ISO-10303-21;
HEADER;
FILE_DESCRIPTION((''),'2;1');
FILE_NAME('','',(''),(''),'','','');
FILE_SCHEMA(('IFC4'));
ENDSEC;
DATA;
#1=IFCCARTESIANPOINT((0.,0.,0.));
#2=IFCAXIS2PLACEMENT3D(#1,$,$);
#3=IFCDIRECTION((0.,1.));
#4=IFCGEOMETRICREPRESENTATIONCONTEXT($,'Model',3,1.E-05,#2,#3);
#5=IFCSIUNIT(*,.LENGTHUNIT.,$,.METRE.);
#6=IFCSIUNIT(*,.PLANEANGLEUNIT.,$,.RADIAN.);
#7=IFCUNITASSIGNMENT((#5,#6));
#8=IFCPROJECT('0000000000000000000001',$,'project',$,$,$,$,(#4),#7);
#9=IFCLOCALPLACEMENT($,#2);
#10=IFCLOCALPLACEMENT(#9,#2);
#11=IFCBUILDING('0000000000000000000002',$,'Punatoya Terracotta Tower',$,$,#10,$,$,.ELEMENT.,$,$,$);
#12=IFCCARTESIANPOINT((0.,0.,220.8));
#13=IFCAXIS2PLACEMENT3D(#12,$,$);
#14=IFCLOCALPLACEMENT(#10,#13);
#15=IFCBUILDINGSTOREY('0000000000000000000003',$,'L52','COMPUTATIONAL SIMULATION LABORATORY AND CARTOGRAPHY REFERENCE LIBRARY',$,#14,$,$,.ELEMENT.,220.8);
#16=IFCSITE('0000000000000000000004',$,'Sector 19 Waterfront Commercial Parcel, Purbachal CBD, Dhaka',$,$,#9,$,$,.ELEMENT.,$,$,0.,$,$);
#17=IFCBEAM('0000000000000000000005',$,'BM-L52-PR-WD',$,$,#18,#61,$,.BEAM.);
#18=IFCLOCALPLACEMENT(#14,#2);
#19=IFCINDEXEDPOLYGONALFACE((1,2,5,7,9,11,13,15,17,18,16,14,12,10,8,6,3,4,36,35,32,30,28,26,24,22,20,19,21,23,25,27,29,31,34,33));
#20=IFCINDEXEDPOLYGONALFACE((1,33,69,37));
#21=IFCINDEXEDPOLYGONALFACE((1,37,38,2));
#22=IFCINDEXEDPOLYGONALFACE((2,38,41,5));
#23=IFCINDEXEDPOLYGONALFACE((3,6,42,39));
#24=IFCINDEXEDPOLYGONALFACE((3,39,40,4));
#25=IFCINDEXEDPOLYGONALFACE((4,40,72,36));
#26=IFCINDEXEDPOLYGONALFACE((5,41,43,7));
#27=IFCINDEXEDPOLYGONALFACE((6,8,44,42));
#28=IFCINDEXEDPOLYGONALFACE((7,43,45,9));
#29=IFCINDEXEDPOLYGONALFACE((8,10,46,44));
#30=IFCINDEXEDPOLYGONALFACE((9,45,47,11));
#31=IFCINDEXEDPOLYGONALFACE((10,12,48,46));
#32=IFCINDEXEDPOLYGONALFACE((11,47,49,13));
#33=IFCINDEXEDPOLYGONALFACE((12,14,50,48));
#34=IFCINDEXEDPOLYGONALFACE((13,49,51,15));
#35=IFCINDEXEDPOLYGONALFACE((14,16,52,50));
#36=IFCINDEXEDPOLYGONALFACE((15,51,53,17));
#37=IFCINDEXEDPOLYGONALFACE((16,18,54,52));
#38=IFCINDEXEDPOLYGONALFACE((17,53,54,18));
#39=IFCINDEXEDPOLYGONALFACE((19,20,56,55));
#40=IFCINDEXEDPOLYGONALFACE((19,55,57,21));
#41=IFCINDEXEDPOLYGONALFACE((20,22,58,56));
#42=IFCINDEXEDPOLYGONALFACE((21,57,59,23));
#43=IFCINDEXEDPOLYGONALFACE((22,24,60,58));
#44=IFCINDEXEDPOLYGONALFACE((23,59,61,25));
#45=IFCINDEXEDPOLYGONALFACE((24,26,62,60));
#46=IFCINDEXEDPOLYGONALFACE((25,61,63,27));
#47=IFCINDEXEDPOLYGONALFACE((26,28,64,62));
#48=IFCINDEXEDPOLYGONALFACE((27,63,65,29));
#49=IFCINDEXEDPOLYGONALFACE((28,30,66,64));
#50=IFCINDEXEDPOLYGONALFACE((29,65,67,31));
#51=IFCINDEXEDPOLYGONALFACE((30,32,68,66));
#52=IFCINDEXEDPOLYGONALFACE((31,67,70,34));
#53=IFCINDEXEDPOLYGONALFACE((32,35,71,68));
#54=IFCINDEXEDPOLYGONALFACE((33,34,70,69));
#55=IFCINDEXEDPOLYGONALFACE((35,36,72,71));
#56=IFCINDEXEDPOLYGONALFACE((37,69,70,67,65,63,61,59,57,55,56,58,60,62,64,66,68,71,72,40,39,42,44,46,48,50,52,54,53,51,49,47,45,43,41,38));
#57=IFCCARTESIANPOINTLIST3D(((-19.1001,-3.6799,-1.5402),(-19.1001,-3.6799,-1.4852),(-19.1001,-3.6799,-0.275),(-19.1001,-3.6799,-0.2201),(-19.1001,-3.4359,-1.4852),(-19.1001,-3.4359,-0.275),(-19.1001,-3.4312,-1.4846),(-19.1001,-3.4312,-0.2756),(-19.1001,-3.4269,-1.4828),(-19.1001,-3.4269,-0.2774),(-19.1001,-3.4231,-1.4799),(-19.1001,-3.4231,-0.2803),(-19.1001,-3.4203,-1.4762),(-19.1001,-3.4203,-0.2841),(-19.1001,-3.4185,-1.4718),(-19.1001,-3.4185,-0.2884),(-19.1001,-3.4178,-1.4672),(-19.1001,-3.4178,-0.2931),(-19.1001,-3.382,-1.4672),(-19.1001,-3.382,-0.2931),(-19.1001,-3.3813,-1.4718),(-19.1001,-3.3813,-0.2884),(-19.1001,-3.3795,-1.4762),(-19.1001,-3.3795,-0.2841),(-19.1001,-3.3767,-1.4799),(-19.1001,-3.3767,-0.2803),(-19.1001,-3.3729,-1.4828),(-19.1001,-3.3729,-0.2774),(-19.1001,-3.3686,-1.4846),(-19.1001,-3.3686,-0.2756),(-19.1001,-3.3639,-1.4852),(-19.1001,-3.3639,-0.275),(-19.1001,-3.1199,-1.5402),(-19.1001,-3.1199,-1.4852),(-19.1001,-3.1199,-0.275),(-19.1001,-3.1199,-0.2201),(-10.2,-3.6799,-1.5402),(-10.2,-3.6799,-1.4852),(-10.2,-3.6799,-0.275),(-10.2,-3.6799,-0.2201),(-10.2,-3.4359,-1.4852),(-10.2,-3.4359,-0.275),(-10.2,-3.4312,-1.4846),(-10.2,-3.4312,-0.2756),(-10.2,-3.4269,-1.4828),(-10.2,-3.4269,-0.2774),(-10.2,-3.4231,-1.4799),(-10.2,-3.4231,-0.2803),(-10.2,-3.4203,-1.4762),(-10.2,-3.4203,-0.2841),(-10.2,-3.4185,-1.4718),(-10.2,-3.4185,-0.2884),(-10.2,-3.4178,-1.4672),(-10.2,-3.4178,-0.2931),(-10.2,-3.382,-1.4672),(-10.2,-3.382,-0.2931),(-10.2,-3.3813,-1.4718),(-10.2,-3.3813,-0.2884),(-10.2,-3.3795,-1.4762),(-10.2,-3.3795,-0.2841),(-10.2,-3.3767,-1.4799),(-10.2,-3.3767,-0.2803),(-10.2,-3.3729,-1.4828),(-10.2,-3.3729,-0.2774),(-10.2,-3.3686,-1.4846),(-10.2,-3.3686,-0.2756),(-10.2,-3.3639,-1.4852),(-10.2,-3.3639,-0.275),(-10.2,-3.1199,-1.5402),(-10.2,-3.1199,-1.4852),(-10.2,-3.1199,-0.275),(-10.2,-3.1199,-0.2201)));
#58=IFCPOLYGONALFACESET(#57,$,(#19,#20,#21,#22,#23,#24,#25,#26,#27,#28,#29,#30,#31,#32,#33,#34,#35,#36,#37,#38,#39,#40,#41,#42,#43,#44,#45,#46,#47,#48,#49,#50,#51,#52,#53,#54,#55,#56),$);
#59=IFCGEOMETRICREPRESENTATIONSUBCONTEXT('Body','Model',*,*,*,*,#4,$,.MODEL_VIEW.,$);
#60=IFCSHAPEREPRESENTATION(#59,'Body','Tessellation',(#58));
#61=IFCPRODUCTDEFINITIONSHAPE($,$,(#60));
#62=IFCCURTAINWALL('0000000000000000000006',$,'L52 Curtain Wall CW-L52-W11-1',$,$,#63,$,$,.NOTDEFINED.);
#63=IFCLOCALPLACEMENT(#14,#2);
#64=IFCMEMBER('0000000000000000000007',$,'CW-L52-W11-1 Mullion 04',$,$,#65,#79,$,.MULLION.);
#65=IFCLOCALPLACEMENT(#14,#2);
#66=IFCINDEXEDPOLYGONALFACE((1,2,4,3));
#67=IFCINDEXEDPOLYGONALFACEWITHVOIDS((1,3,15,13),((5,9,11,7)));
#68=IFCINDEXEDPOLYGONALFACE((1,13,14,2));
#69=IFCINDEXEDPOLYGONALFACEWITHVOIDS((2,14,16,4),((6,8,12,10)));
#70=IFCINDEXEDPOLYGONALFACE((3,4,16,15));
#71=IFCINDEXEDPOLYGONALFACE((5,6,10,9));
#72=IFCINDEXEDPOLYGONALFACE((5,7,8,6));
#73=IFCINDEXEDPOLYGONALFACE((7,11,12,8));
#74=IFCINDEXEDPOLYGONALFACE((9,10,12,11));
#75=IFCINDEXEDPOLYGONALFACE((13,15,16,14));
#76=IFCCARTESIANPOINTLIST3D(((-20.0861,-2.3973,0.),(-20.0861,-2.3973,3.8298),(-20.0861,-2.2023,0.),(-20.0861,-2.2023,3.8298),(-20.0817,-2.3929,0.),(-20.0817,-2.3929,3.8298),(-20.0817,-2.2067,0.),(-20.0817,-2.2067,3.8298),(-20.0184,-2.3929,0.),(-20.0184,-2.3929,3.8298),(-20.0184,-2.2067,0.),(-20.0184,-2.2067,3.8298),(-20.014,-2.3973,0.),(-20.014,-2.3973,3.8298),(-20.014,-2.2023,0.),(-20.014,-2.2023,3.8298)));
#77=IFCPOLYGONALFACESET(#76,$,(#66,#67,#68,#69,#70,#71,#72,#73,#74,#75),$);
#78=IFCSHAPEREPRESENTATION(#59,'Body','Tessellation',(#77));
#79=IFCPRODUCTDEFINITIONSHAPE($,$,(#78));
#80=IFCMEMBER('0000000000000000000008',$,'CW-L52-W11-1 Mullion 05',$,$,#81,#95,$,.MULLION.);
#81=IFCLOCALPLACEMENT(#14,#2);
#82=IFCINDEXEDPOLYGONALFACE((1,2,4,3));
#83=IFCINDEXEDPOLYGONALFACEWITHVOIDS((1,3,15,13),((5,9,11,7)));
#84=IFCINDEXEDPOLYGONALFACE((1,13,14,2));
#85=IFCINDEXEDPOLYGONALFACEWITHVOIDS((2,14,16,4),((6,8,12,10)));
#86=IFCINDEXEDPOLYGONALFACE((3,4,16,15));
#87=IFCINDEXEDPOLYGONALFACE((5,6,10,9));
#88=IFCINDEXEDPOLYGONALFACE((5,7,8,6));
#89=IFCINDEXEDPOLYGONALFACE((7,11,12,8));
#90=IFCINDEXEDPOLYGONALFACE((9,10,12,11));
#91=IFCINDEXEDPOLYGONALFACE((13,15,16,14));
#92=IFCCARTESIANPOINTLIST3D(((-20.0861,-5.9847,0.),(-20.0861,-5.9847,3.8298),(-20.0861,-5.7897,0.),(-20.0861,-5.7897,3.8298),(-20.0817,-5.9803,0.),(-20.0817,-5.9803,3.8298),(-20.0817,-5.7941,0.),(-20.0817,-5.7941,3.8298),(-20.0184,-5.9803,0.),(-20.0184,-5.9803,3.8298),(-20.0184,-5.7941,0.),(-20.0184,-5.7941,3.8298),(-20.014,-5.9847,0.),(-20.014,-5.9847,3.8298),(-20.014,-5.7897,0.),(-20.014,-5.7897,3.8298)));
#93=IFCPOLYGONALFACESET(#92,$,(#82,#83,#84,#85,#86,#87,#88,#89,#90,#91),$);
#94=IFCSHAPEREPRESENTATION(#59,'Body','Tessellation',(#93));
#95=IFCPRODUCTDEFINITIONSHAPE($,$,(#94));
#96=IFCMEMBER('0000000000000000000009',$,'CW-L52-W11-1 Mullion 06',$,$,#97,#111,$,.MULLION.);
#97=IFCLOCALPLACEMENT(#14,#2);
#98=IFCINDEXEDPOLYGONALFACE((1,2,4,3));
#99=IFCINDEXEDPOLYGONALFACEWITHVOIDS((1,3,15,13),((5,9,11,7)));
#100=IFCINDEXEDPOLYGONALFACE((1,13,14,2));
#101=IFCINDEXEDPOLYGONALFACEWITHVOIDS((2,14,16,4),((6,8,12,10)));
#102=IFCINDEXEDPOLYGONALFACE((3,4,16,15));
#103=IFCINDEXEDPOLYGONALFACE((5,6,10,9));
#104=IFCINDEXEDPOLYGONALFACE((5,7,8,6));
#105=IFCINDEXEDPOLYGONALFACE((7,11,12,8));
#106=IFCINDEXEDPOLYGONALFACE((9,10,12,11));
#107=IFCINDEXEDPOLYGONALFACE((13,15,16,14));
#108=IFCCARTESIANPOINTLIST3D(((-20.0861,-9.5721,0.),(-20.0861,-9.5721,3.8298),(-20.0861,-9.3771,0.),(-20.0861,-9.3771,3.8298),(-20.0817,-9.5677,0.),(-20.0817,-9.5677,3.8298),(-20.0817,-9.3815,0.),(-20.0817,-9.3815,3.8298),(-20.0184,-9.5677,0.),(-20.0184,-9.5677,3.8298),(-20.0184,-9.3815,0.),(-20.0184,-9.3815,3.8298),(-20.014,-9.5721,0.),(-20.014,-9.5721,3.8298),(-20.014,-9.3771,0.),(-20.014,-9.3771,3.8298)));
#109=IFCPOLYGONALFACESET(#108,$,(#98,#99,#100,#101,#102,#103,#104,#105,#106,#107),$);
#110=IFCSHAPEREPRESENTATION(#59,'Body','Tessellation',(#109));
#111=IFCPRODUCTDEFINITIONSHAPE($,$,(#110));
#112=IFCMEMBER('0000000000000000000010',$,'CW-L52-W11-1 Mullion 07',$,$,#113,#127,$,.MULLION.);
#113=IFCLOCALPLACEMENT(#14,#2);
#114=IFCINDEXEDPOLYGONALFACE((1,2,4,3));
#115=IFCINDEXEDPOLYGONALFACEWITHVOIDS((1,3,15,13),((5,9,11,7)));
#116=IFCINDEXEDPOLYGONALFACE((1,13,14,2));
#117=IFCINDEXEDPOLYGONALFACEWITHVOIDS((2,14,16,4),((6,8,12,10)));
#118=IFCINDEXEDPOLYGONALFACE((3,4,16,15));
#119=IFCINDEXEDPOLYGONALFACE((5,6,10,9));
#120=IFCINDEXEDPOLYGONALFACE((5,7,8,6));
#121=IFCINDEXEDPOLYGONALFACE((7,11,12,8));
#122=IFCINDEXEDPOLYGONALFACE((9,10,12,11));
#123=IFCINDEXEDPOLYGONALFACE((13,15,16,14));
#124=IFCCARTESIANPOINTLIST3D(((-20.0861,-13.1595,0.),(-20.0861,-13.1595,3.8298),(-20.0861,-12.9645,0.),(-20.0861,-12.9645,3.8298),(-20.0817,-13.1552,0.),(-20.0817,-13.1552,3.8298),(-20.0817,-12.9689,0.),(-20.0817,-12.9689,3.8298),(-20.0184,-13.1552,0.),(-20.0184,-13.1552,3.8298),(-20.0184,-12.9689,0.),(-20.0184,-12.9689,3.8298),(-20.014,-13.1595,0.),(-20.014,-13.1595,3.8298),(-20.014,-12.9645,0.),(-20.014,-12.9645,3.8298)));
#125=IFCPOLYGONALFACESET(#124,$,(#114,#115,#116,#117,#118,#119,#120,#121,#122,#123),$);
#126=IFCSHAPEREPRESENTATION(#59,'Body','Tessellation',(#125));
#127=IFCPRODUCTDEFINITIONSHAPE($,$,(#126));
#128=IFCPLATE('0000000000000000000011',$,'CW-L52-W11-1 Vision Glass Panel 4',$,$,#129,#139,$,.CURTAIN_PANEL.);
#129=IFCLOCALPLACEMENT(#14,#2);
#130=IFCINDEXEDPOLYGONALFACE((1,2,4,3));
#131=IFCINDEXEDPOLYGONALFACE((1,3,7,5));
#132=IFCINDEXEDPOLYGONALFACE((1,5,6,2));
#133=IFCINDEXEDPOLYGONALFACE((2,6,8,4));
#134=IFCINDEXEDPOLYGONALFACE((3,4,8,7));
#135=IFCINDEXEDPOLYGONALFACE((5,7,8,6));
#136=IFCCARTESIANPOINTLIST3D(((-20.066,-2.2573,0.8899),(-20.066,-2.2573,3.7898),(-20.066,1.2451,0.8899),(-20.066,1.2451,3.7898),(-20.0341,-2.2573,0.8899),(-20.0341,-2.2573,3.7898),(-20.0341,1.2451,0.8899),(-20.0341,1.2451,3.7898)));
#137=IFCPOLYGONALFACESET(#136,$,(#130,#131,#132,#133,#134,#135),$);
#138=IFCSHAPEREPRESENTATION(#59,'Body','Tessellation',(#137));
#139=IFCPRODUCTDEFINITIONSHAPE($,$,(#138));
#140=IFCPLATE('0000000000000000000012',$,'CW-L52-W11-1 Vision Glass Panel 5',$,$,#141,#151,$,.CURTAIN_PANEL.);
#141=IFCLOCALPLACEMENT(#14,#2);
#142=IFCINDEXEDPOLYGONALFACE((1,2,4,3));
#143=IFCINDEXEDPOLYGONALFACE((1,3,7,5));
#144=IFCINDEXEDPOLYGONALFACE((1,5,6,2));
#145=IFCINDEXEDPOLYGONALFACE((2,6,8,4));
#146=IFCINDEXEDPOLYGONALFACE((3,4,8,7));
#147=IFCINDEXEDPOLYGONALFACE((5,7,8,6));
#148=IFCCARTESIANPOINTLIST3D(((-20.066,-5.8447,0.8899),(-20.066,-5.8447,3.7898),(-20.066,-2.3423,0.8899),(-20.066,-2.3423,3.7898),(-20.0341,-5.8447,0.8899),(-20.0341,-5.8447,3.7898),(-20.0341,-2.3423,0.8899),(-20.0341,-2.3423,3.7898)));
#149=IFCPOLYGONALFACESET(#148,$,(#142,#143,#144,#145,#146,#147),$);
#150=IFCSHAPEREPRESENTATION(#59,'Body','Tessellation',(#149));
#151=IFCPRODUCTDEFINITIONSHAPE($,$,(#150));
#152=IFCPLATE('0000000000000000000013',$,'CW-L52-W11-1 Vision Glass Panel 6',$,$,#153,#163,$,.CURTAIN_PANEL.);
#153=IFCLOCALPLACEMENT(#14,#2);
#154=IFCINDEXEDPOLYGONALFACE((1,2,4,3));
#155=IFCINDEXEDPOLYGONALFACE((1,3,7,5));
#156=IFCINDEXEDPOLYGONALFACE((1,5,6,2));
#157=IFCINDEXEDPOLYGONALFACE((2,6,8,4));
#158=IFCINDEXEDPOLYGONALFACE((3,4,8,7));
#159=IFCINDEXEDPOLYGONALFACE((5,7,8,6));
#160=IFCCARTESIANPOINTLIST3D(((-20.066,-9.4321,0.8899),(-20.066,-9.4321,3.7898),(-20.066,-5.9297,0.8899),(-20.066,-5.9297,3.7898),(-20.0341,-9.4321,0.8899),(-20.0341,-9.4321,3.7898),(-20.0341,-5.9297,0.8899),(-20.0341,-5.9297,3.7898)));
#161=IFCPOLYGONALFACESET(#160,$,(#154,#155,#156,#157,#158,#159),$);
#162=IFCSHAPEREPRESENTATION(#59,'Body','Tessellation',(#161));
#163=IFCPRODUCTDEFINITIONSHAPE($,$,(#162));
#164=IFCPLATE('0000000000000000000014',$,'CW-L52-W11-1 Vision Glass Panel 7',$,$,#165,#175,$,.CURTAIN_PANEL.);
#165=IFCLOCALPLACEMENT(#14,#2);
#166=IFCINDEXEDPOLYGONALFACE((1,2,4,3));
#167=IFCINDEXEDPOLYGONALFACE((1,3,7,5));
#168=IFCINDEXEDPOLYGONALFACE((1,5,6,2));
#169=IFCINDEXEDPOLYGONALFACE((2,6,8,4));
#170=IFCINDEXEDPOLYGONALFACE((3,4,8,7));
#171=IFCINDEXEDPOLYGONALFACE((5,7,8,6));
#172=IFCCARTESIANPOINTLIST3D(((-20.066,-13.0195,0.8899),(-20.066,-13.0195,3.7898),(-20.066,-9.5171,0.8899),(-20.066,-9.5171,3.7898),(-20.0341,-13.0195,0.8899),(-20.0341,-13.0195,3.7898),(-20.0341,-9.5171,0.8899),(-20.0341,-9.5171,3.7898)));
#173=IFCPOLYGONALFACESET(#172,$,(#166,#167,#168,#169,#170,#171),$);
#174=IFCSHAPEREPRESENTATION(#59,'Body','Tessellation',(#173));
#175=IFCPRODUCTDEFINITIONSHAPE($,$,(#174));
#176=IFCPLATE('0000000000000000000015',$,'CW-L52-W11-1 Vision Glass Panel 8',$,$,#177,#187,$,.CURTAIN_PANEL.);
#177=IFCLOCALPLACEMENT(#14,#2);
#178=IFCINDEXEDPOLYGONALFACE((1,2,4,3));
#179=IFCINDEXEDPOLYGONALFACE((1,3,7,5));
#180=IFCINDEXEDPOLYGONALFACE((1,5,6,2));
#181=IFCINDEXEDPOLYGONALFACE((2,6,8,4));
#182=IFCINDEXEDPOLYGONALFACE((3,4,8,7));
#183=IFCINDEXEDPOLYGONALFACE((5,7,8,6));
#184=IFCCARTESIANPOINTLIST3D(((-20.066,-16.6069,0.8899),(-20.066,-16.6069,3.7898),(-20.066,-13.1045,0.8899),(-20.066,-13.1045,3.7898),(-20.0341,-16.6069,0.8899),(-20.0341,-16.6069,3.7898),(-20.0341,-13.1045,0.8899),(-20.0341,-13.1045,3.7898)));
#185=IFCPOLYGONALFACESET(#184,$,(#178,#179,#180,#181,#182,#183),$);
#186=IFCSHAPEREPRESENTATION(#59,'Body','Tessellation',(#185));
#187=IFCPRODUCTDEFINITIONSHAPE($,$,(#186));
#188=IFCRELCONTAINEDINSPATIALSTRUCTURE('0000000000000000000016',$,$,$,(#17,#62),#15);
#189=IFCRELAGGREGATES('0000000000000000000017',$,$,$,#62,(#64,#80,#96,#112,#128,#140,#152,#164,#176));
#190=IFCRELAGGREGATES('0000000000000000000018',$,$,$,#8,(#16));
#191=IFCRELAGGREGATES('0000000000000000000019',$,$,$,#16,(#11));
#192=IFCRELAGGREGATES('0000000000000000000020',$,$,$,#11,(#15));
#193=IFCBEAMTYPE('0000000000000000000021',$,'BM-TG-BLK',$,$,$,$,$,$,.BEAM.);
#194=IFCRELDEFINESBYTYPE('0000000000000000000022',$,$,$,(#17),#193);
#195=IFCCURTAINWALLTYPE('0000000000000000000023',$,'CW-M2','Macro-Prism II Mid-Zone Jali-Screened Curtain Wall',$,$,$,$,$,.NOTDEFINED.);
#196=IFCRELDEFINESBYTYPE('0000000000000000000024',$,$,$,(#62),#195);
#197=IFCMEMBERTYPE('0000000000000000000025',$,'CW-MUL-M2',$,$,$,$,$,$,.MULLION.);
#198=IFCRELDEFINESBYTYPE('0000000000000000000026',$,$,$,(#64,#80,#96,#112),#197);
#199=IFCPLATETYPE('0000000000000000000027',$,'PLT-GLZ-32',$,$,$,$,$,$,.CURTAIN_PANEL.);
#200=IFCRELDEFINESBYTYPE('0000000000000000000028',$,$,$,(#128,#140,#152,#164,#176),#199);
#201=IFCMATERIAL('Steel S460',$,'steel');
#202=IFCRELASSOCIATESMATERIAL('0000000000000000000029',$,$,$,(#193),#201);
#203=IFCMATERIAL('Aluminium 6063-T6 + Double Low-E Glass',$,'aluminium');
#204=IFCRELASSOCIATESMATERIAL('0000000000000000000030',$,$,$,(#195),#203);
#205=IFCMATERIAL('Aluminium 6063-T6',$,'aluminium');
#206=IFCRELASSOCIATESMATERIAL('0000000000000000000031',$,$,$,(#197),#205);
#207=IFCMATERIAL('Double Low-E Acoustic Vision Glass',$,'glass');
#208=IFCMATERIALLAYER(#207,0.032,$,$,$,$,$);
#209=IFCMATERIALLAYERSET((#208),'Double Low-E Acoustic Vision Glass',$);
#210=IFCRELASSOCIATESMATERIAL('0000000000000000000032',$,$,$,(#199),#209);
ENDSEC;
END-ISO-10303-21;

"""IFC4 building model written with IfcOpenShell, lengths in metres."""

from ifc_helpers import new_model, si_unit, direction, frame, origin, origin_2d, place, context, subcontext, project, spatial, rectangle, hollow_rectangle, i_section, extrude, material, layer, layer_set, material_profile, profile_set, type_object, element, aggregate, save


model = new_model("IFC4")

# Units and contexts
model_context = context("Model", 3, precision=1e-05, world=origin(), true_north=direction((0.0, 1.0)))
body_context = subcontext(model_context, "Body", "Model", "MODEL_VIEW")
ifc_project = project(units=[si_unit("LENGTHUNIT", "METRE"), si_unit("PLANEANGLEUNIT", "RADIAN")], contexts=[model_context])

# Site, building, storey
site_placement = place(None, origin())
site = spatial("IfcSite", under=ifc_project, at=site_placement, Name="Sector 19 Waterfront Commercial Parcel, Purbachal CBD, Dhaka", CompositionType="ELEMENT", RefElevation=0.0)
building_placement = place(site_placement, origin())
building = spatial("IfcBuilding", under=site, at=building_placement, Name="Punatoya Terracotta Tower", CompositionType="ELEMENT")
storey_placement = place(building_placement, frame((0.0, 0.0, 220.8)))
storey = spatial("IfcBuildingStorey", under=building, at=storey_placement, Name="L52", Description="COMPUTATIONAL SIMULATION LABORATORY AND CARTOGRAPHY REFERENCE LIBRARY", CompositionType="ELEMENT", Elevation=220.8)

# Shared definitions
ifc_material_1 = material(Name="Steel S460", Category="steel")

# Beam
ifc_material_profile_1 = material_profile(ifc_material_1, i_section(OverallWidth=0.5601, OverallDepth=1.3201, WebThickness=0.0359, FlangeThickness=0.0549, FilletRadius=0.0181, at=origin_2d()))
ifc_profile_set_1 = profile_set([ifc_material_profile_1], Name="Steel S460")
beam_type_1 = type_object("IfcBeamType", Name="BM-TG-BLK", PredefinedType="BEAM", material=ifc_profile_set_1)
for number, where, z_axis, x_axis, name in (
    (1, (-19.1001, -3.3999, -0.8801), (1.0, 0.0, 0.0), (0.0, 1.0, 0.0), "BM-L52-PR-WD"),
):
    element("IfcBeam", number, at=place(storey_placement, frame(where, z_axis=z_axis, x_axis=x_axis)), inside=storey, type_object=beam_type_1, Name=name, PredefinedType="BEAM", context=body_context, shape_type="SweptSolid", body=[
        extrude(i_section(OverallWidth=0.5601, OverallDepth=1.3201, WebThickness=0.0359, FlangeThickness=0.0549, FilletRadius=0.0181, at=origin_2d()), origin(), (0.0, 0.0, 1.0), 8.9001),
    ])

# Curtain wall, members, plates
ifc_material_2 = material(Name="Aluminium 6063-T6 + Double Low-E Glass", Category="aluminium")
curtain_wall_type = type_object("IfcCurtainWallType", Name="CW-M2", Description="Macro-Prism II Mid-Zone Jali-Screened Curtain Wall", PredefinedType="NOTDEFINED", material=ifc_material_2)
curtain_wall_placement = place(storey_placement, origin())
curtain_wall = element("IfcCurtainWall", 2, at=curtain_wall_placement, inside=storey, type_object=curtain_wall_type, Name="L52 Curtain Wall CW-L52-W11-1", PredefinedType="NOTDEFINED")
ifc_material_3 = material(Name="Aluminium 6063-T6", Category="aluminium")
ifc_material_profile_2 = material_profile(ifc_material_3, hollow_rectangle(XDim=0.072, YDim=0.1951, WallThickness=0.0044, at=origin_2d()))
ifc_profile_set_2 = profile_set([ifc_material_profile_2], Name="Aluminium 6063-T6")
member_type = type_object("IfcMemberType", Name="CW-MUL-M2", PredefinedType="MULLION", material=ifc_profile_set_2)
member_1_placement = place(storey_placement, frame((-20.05, -2.2998, 0.0), z_axis=(0.0, 0.0, 1.0), x_axis=(1.0, 0.0, 0.0)))
member_1 = element("IfcMember", 3, at=member_1_placement, type_object=member_type, Name="CW-L52-W11-1 Mullion 04", PredefinedType="MULLION", context=body_context, shape_type="SweptSolid", body=[
    extrude(hollow_rectangle(XDim=0.072, YDim=0.1951, WallThickness=0.0044, at=origin_2d()), origin(), (0.0, 0.0, 1.0), 3.8298),
])
member_2_placement = place(storey_placement, frame((-20.05, -5.8872, 0.0), z_axis=(0.0, 0.0, 1.0), x_axis=(1.0, 0.0, 0.0)))
member_2 = element("IfcMember", 4, at=member_2_placement, type_object=member_type, Name="CW-L52-W11-1 Mullion 05", PredefinedType="MULLION", context=body_context, shape_type="SweptSolid", body=[
    extrude(hollow_rectangle(XDim=0.072, YDim=0.1951, WallThickness=0.0044, at=origin_2d()), origin(), (0.0, 0.0, 1.0), 3.8298),
])
member_3_placement = place(storey_placement, frame((-20.05, -9.4746, 0.0), z_axis=(0.0, 0.0, 1.0), x_axis=(1.0, 0.0, 0.0)))
member_3 = element("IfcMember", 5, at=member_3_placement, type_object=member_type, Name="CW-L52-W11-1 Mullion 06", PredefinedType="MULLION", context=body_context, shape_type="SweptSolid", body=[
    extrude(hollow_rectangle(XDim=0.072, YDim=0.1951, WallThickness=0.0044, at=origin_2d()), origin(), (0.0, 0.0, 1.0), 3.8298),
])
member_4_placement = place(storey_placement, frame((-20.05, -13.062, 0.0), z_axis=(0.0, 0.0, 1.0), x_axis=(1.0, 0.0, 0.0)))
member_4 = element("IfcMember", 6, at=member_4_placement, type_object=member_type, Name="CW-L52-W11-1 Mullion 07", PredefinedType="MULLION", context=body_context, shape_type="SweptSolid", body=[
    extrude(hollow_rectangle(XDim=0.072, YDim=0.1951, WallThickness=0.0044, at=origin_2d()), origin(), (0.0, 0.0, 1.0), 3.8298),
])
ifc_material_4 = material(Name="Double Low-E Acoustic Vision Glass", Category="glass")
ifc_layer_1 = layer(ifc_material_4, 0.032)
ifc_layer_set_1 = layer_set([ifc_layer_1], Name="Double Low-E Acoustic Vision Glass")
plate_type_1 = type_object("IfcPlateType", Name="PLT-GLZ-32", PredefinedType="CURTAIN_PANEL", material=ifc_layer_set_1)
plate_1_placement = place(storey_placement, frame((-20.05, -0.5061, 0.8899), z_axis=(0.0, 0.0, 1.0), x_axis=(0.0, -1.0, 0.0)))
plate_1 = element("IfcPlate", 7, at=plate_1_placement, type_object=plate_type_1, Name="CW-L52-W11-1 Vision Glass Panel 4", PredefinedType="CURTAIN_PANEL", context=body_context, shape_type="SweptSolid", body=[
    extrude(rectangle(XDim=3.5024, YDim=0.032, at=origin_2d()), origin(), (0.0, 0.0, 1.0), 2.8999),
])
plate_2_placement = place(storey_placement, frame((-20.05, -4.0935, 0.8899), z_axis=(0.0, 0.0, 1.0), x_axis=(0.0, -1.0, 0.0)))
plate_2 = element("IfcPlate", 8, at=plate_2_placement, type_object=plate_type_1, Name="CW-L52-W11-1 Vision Glass Panel 5", PredefinedType="CURTAIN_PANEL", context=body_context, shape_type="SweptSolid", body=[
    extrude(rectangle(XDim=3.5024, YDim=0.032, at=origin_2d()), origin(), (0.0, 0.0, 1.0), 2.8999),
])
plate_3_placement = place(storey_placement, frame((-20.05, -7.6809, 0.8899), z_axis=(0.0, 0.0, 1.0), x_axis=(0.0, -1.0, 0.0)))
plate_3 = element("IfcPlate", 9, at=plate_3_placement, type_object=plate_type_1, Name="CW-L52-W11-1 Vision Glass Panel 6", PredefinedType="CURTAIN_PANEL", context=body_context, shape_type="SweptSolid", body=[
    extrude(rectangle(XDim=3.5024, YDim=0.032, at=origin_2d()), origin(), (0.0, 0.0, 1.0), 2.8999),
])
plate_4_placement = place(storey_placement, frame((-20.05, -11.2683, 0.8899), z_axis=(0.0, 0.0, 1.0), x_axis=(0.0, -1.0, 0.0)))
plate_4 = element("IfcPlate", 10, at=plate_4_placement, type_object=plate_type_1, Name="CW-L52-W11-1 Vision Glass Panel 7", PredefinedType="CURTAIN_PANEL", context=body_context, shape_type="SweptSolid", body=[
    extrude(rectangle(XDim=3.5024, YDim=0.032, at=origin_2d()), origin(), (0.0, 0.0, 1.0), 2.8999),
])
plate_5_placement = place(storey_placement, frame((-20.05, -14.8557, 0.8899), z_axis=(0.0, 0.0, 1.0), x_axis=(0.0, -1.0, 0.0)))
plate_5 = element("IfcPlate", 11, at=plate_5_placement, type_object=plate_type_1, Name="CW-L52-W11-1 Vision Glass Panel 8", PredefinedType="CURTAIN_PANEL", context=body_context, shape_type="SweptSolid", body=[
    extrude(rectangle(XDim=3.5024, YDim=0.032, at=origin_2d()), origin(), (0.0, 0.0, 1.0), 2.8999),
])
aggregate(curtain_wall, [member_1, member_2, member_3, member_4, plate_1, plate_2, plate_3, plate_4, plate_5])

save(model, "model.ifc")
